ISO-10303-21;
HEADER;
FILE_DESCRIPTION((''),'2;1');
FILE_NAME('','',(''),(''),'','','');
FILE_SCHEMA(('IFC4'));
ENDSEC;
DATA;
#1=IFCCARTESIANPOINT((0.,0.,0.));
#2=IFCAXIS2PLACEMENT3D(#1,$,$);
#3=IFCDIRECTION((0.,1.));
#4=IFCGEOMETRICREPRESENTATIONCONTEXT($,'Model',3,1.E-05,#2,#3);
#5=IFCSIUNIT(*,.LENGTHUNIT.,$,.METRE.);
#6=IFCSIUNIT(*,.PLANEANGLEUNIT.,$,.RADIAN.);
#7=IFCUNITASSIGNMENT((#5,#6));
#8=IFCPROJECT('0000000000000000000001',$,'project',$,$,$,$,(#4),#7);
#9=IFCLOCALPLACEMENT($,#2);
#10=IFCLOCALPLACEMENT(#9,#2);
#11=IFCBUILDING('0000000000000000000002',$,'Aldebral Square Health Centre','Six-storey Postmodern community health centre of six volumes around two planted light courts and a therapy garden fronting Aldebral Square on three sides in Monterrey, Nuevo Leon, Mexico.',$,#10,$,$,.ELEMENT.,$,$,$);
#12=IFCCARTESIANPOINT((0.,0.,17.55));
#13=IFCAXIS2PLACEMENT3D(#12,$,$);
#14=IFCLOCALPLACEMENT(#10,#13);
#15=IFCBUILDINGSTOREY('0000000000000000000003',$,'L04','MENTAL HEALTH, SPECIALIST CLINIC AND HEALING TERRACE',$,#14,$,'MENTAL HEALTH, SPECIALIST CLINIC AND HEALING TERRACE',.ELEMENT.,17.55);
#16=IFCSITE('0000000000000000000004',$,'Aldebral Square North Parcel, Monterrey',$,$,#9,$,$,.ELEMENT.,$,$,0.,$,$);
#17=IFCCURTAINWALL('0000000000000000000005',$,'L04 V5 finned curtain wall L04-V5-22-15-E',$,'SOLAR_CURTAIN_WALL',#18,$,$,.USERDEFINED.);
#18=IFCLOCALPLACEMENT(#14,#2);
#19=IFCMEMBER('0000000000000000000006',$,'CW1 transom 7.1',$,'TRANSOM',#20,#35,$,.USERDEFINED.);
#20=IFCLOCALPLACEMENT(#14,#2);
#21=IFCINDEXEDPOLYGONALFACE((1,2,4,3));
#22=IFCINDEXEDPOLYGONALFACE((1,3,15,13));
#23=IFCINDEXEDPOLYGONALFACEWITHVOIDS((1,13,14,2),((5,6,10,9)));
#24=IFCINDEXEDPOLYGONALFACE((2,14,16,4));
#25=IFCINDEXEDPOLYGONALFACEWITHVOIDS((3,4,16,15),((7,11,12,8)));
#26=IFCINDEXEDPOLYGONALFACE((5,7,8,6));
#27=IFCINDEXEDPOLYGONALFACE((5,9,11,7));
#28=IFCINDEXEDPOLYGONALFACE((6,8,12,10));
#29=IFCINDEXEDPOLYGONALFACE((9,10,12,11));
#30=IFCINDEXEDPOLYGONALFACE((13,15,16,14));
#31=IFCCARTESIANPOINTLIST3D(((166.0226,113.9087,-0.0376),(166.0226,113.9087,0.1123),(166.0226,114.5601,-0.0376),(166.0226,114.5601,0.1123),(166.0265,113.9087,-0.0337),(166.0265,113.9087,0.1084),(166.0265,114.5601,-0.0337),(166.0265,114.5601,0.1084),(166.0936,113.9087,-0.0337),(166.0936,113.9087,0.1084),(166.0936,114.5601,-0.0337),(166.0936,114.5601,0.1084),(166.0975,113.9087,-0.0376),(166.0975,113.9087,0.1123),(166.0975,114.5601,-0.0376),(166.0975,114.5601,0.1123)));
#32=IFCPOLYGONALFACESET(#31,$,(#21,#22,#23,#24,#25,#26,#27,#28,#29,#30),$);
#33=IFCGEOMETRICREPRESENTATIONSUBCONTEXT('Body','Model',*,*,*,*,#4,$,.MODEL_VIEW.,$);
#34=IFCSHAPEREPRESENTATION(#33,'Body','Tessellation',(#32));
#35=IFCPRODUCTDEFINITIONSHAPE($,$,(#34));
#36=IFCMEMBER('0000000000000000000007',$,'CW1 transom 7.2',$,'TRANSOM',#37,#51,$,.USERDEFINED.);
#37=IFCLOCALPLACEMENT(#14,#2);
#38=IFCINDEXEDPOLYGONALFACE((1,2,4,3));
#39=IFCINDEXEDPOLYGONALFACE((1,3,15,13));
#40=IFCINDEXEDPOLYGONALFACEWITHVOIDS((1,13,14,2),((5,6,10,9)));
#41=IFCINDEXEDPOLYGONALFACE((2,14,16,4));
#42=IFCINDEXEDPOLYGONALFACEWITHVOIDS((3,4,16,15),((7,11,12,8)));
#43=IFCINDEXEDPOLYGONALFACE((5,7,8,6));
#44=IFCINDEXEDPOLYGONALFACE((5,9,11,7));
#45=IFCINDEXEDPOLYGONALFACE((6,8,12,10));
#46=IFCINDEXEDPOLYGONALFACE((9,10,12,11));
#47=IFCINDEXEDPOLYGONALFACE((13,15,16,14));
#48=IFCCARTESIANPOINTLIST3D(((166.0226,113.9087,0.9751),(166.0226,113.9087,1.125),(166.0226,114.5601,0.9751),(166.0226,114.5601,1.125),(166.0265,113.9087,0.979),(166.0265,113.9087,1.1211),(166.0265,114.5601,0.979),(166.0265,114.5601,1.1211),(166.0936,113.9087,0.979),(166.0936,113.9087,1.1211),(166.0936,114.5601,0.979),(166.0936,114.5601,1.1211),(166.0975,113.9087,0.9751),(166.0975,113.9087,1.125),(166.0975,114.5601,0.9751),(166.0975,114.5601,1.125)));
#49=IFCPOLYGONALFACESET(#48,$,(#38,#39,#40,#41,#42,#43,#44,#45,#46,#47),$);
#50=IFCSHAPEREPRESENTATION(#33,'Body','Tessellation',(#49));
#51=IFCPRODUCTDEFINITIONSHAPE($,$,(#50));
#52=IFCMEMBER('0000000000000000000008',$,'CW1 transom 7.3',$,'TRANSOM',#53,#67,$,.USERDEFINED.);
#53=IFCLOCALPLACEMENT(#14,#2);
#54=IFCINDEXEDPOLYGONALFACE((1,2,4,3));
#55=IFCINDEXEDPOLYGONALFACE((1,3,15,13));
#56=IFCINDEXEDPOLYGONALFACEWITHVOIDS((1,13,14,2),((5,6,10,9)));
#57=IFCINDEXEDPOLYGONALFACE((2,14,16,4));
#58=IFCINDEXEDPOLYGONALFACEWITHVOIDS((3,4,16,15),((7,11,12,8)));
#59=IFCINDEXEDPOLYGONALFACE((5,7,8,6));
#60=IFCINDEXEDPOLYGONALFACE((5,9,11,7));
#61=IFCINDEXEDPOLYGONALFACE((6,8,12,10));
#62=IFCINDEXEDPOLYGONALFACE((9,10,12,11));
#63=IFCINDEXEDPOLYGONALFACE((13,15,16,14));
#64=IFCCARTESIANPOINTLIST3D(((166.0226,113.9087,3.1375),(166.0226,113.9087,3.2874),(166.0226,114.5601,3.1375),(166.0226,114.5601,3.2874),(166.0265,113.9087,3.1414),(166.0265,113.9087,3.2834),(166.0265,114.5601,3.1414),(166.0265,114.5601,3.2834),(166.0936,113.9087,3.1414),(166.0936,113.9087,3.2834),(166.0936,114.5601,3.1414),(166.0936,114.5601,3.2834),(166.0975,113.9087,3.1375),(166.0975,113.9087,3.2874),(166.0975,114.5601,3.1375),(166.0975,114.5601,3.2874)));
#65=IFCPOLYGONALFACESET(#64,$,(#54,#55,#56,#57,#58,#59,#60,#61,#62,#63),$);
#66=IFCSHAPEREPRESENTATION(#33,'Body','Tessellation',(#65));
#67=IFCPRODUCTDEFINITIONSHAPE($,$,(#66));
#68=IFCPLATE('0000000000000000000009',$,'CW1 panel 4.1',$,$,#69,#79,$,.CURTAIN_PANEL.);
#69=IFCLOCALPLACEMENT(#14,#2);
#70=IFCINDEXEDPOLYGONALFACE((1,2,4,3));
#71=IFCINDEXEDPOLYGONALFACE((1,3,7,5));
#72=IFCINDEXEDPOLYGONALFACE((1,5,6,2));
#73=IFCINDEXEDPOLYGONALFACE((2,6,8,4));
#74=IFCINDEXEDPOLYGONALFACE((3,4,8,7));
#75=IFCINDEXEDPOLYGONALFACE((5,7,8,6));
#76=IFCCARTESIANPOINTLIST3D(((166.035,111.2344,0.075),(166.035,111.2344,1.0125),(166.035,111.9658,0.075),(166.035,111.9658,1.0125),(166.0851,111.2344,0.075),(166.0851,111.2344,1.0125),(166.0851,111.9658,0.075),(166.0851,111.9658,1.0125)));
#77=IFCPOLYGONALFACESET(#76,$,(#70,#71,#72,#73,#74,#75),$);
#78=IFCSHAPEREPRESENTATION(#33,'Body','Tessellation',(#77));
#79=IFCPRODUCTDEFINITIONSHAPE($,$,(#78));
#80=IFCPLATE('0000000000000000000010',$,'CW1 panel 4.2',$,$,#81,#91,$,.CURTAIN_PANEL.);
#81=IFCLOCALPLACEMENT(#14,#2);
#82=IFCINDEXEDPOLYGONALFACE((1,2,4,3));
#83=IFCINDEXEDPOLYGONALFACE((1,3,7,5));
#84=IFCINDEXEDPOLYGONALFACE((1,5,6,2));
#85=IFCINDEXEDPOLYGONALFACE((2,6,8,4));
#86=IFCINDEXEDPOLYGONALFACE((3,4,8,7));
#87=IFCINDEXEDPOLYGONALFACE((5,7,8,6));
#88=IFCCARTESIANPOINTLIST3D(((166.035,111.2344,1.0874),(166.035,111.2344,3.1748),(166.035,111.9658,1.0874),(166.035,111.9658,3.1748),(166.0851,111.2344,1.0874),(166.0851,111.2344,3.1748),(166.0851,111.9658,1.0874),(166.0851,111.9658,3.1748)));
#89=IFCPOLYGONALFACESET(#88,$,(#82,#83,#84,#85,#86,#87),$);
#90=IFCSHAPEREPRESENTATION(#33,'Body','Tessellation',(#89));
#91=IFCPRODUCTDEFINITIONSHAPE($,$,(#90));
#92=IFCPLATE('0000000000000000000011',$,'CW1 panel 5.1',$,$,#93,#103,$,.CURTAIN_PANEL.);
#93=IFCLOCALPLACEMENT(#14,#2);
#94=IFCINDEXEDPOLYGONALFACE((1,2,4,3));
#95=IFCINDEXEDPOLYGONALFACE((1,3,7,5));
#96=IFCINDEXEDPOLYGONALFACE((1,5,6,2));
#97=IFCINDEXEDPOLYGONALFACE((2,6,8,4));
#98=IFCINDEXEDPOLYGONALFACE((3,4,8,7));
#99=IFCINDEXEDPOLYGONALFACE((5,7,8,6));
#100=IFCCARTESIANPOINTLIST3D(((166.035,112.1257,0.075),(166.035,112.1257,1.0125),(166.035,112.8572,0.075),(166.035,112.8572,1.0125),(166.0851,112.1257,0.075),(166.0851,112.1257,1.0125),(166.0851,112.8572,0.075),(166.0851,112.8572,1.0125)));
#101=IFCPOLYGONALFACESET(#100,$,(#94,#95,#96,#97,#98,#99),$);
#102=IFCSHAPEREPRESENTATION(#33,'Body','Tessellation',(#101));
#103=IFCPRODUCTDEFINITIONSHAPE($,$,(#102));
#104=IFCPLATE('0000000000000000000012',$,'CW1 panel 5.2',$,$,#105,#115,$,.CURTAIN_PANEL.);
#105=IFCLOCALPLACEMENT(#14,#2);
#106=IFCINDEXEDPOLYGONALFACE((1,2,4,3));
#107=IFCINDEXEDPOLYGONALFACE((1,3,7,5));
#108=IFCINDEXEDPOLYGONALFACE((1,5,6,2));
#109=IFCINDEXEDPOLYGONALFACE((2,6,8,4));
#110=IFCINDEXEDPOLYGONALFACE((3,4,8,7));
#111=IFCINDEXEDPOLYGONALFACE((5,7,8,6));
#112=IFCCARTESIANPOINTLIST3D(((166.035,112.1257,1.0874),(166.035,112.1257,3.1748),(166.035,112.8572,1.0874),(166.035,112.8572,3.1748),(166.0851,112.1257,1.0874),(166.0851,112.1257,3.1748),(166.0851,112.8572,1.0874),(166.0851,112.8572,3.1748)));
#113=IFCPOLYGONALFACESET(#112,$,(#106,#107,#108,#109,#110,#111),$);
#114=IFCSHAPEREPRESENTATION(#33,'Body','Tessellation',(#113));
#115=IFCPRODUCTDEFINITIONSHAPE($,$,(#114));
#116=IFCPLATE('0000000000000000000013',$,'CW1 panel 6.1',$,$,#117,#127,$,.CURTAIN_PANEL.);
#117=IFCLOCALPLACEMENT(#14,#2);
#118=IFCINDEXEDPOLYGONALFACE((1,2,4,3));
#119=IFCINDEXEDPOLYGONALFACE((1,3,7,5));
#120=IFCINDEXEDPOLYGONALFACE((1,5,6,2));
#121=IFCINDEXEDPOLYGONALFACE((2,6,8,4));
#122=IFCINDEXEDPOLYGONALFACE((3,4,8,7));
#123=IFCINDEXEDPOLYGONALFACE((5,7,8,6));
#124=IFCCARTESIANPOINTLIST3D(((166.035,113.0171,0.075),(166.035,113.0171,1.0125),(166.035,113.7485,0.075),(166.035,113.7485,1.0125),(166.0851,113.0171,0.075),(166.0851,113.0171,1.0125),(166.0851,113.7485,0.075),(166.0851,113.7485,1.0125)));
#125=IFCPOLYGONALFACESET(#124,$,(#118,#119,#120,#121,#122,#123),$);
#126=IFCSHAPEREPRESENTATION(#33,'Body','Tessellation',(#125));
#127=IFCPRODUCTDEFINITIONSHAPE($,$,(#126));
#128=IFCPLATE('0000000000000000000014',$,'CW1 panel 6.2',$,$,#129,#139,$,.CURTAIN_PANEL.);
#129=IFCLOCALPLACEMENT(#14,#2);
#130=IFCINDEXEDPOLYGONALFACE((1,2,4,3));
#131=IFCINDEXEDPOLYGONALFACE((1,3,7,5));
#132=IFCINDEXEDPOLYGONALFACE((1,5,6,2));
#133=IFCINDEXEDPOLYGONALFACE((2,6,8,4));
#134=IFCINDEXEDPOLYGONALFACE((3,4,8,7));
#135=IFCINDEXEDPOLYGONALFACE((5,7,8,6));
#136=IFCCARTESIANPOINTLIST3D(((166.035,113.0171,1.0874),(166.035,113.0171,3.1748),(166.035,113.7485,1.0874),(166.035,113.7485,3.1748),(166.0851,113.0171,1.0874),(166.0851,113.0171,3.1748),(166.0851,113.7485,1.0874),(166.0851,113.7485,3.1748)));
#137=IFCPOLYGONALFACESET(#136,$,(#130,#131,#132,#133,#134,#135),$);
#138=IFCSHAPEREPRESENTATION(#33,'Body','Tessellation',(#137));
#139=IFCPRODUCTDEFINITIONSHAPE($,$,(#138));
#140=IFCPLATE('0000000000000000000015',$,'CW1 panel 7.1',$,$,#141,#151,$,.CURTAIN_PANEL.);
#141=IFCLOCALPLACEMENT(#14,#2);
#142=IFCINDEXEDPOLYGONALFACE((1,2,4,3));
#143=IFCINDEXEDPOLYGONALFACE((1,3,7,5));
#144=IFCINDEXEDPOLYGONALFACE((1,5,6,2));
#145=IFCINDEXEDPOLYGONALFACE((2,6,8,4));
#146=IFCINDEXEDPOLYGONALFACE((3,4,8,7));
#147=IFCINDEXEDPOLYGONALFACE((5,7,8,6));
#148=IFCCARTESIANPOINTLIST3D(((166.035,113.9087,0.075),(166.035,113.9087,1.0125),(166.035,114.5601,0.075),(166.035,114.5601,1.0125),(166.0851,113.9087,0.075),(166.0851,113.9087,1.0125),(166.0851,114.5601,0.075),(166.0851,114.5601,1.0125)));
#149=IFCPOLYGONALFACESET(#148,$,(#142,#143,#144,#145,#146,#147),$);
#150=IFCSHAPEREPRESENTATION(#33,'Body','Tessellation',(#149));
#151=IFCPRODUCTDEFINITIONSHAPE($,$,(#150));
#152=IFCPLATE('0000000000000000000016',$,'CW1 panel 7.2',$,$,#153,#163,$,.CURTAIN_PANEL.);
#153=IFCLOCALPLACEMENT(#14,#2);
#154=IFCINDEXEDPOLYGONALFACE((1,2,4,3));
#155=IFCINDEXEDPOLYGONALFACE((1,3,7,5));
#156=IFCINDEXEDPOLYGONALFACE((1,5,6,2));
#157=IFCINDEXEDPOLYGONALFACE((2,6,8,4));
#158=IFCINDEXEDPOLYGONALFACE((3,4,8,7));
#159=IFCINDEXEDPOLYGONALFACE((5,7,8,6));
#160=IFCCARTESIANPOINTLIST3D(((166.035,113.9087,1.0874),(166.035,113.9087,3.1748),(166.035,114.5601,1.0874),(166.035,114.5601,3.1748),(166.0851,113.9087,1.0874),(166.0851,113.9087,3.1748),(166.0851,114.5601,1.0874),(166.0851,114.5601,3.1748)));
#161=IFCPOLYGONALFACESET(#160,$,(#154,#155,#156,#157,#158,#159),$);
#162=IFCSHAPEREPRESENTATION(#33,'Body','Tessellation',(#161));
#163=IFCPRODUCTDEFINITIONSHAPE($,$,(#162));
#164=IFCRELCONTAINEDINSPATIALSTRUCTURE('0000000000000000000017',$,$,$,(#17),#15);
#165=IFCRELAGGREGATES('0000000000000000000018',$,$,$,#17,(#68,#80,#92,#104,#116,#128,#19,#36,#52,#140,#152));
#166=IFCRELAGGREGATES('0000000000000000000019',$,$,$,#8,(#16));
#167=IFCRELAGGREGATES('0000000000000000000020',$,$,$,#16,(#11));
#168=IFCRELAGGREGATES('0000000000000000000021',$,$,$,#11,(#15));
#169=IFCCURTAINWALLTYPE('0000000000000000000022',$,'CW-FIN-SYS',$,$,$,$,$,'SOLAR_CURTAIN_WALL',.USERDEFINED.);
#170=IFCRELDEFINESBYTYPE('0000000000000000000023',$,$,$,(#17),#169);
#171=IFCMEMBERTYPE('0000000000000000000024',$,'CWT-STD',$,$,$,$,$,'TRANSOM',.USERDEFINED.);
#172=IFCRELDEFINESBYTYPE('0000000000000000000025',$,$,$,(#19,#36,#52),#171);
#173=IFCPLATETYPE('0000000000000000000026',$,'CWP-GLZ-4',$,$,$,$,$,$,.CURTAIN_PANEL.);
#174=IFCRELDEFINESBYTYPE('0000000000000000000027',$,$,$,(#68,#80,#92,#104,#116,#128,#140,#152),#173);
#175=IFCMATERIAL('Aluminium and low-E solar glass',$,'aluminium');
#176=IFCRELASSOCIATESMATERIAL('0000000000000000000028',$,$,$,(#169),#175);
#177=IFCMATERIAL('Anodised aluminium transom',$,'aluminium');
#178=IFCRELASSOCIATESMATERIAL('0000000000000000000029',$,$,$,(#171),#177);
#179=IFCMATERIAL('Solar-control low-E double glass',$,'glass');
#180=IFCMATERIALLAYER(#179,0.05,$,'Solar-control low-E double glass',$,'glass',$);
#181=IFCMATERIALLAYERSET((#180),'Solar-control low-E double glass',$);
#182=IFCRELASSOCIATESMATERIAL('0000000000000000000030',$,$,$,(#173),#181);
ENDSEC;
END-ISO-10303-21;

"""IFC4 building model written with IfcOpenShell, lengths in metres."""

from ifc_helpers import new_model, si_unit, direction, frame, origin, origin_2d, place, context, subcontext, project, spatial, rectangle, hollow_rectangle, extrude, material, layer, layer_set, material_profile, profile_set, type_object, element, aggregate, save


model = new_model("IFC4")

# Units and contexts
model_context = context("Model", 3, precision=1e-05, world=origin(), true_north=direction((0.0, 1.0)))
body_context = subcontext(model_context, "Body", "Model", "MODEL_VIEW")
ifc_project = project(units=[si_unit("LENGTHUNIT", "METRE"), si_unit("PLANEANGLEUNIT", "RADIAN")], contexts=[model_context])

# Site, building, storey
site_placement = place(None, origin())
site = spatial("IfcSite", under=ifc_project, at=site_placement, Name="Aldebral Square North Parcel, Monterrey", CompositionType="ELEMENT", RefElevation=0.0)
building_placement = place(site_placement, origin())
building = spatial("IfcBuilding", under=site, at=building_placement, Name="Aldebral Square Health Centre", Description="Six-storey Postmodern community health centre of six volumes around two planted light courts and a therapy garden fronting Aldebral Square on three sides in Monterrey, Nuevo Leon, Mexico.", CompositionType="ELEMENT")
storey_placement = place(building_placement, frame((0.0, 0.0, 17.55)))
storey = spatial("IfcBuildingStorey", under=building, at=storey_placement, Name="L04", Description="MENTAL HEALTH, SPECIALIST CLINIC AND HEALING TERRACE", LongName="MENTAL HEALTH, SPECIALIST CLINIC AND HEALING TERRACE", CompositionType="ELEMENT", Elevation=17.55)

# Curtain wall, members, plates
ifc_material_1 = material(Name="Aluminium and low-E solar glass", Category="aluminium")
curtain_wall_type = type_object("IfcCurtainWallType", Name="CW-FIN-SYS", ElementType="SOLAR_CURTAIN_WALL", PredefinedType="USERDEFINED", material=ifc_material_1)
curtain_wall_placement = place(storey_placement, origin())
curtain_wall = element("IfcCurtainWall", 1, at=curtain_wall_placement, inside=storey, type_object=curtain_wall_type, Name="L04 V5 finned curtain wall L04-V5-22-15-E", ObjectType="SOLAR_CURTAIN_WALL", PredefinedType="USERDEFINED")
ifc_material_2 = material(Name="Anodised aluminium transom", Category="aluminium")
ifc_material_profile_1 = material_profile(ifc_material_2, hollow_rectangle(XDim=0.075, YDim=0.1499, WallThickness=0.0039, at=origin_2d()), Name="CWT 75x150x4")
ifc_profile_set_1 = profile_set([ifc_material_profile_1], Name="Anodised aluminium transom")
member_type_1 = type_object("IfcMemberType", Name="CWT-STD", ElementType="TRANSOM", PredefinedType="USERDEFINED", material=ifc_profile_set_1)
member_1_placement = place(storey_placement, frame((166.0601, 113.9087, 0.0374), z_axis=(0.0, 1.0, 0.0), x_axis=(-1.0, 0.0, 0.0)))
member_1 = element("IfcMember", 2, at=member_1_placement, type_object=member_type_1, Name="CW1 transom 7.1", ObjectType="TRANSOM", PredefinedType="USERDEFINED", context=body_context, shape_type="SweptSolid", body=[
    extrude(hollow_rectangle(XDim=0.075, YDim=0.1499, WallThickness=0.0039, at=origin_2d()), origin(), (0.0, 0.0, 1.0), 0.6514),
])
member_2_placement = place(storey_placement, frame((166.0601, 113.9087, 1.05), z_axis=(0.0, 1.0, 0.0), x_axis=(-1.0, 0.0, 0.0)))
member_2 = element("IfcMember", 3, at=member_2_placement, type_object=member_type_1, Name="CW1 transom 7.2", ObjectType="TRANSOM", PredefinedType="USERDEFINED", context=body_context, shape_type="SweptSolid", body=[
    extrude(hollow_rectangle(XDim=0.075, YDim=0.1499, WallThickness=0.0039, at=origin_2d()), origin(), (0.0, 0.0, 1.0), 0.6514),
])
member_3_placement = place(storey_placement, frame((166.0601, 113.9087, 3.2124), z_axis=(0.0, 1.0, 0.0), x_axis=(-1.0, 0.0, 0.0)))
member_3 = element("IfcMember", 4, at=member_3_placement, type_object=member_type_1, Name="CW1 transom 7.3", ObjectType="TRANSOM", PredefinedType="USERDEFINED", context=body_context, shape_type="SweptSolid", body=[
    extrude(hollow_rectangle(XDim=0.075, YDim=0.1499, WallThickness=0.0039, at=origin_2d()), origin(), (0.0, 0.0, 1.0), 0.6514),
])
ifc_material_3 = material(Name="Solar-control low-E double glass", Category="glass")
ifc_layer = layer(ifc_material_3, 0.05, Name="Solar-control low-E double glass", Category="glass")
ifc_layer_set = layer_set([ifc_layer], Name="Solar-control low-E double glass")
plate_type = type_object("IfcPlateType", Name="CWP-GLZ-4", PredefinedType="CURTAIN_PANEL", material=ifc_layer_set)
plate_1_placement = place(storey_placement, frame((166.0601, 111.6001, 0.075), z_axis=(0.0, 0.0, 1.0), x_axis=(0.0, 1.0, 0.0)))
plate_1 = element("IfcPlate", 5, at=plate_1_placement, type_object=plate_type, Name="CW1 panel 4.1", PredefinedType="CURTAIN_PANEL", context=body_context, shape_type="SweptSolid", body=[
    extrude(rectangle(XDim=0.7314, YDim=0.05, at=origin_2d()), origin(), (0.0, 0.0, 1.0), 0.9375),
])
plate_2_placement = place(storey_placement, frame((166.0601, 111.6001, 1.0874), z_axis=(0.0, 0.0, 1.0), x_axis=(0.0, 1.0, 0.0)))
plate_2 = element("IfcPlate", 6, at=plate_2_placement, type_object=plate_type, Name="CW1 panel 4.2", PredefinedType="CURTAIN_PANEL", context=body_context, shape_type="SweptSolid", body=[
    extrude(rectangle(XDim=0.7314, YDim=0.05, at=origin_2d()), origin(), (0.0, 0.0, 1.0), 2.0874),
])
plate_3_placement = place(storey_placement, frame((166.0601, 112.4915, 0.075), z_axis=(0.0, 0.0, 1.0), x_axis=(0.0, 1.0, 0.0)))
plate_3 = element("IfcPlate", 7, at=plate_3_placement, type_object=plate_type, Name="CW1 panel 5.1", PredefinedType="CURTAIN_PANEL", context=body_context, shape_type="SweptSolid", body=[
    extrude(rectangle(XDim=0.7314, YDim=0.05, at=origin_2d()), origin(), (0.0, 0.0, 1.0), 0.9375),
])
plate_4_placement = place(storey_placement, frame((166.0601, 112.4915, 1.0874), z_axis=(0.0, 0.0, 1.0), x_axis=(0.0, 1.0, 0.0)))
plate_4 = element("IfcPlate", 8, at=plate_4_placement, type_object=plate_type, Name="CW1 panel 5.2", PredefinedType="CURTAIN_PANEL", context=body_context, shape_type="SweptSolid", body=[
    extrude(rectangle(XDim=0.7314, YDim=0.05, at=origin_2d()), origin(), (0.0, 0.0, 1.0), 2.0874),
])
plate_5_placement = place(storey_placement, frame((166.0601, 113.3828, 0.075), z_axis=(0.0, 0.0, 1.0), x_axis=(0.0, 1.0, 0.0)))
plate_5 = element("IfcPlate", 9, at=plate_5_placement, type_object=plate_type, Name="CW1 panel 6.1", PredefinedType="CURTAIN_PANEL", context=body_context, shape_type="SweptSolid", body=[
    extrude(rectangle(XDim=0.7314, YDim=0.05, at=origin_2d()), origin(), (0.0, 0.0, 1.0), 0.9375),
])
plate_6_placement = place(storey_placement, frame((166.0601, 113.3828, 1.0874), z_axis=(0.0, 0.0, 1.0), x_axis=(0.0, 1.0, 0.0)))
plate_6 = element("IfcPlate", 10, at=plate_6_placement, type_object=plate_type, Name="CW1 panel 6.2", PredefinedType="CURTAIN_PANEL", context=body_context, shape_type="SweptSolid", body=[
    extrude(rectangle(XDim=0.7314, YDim=0.05, at=origin_2d()), origin(), (0.0, 0.0, 1.0), 2.0874),
])
plate_7_placement = place(storey_placement, frame((166.0601, 114.2344, 0.075), z_axis=(0.0, 0.0, 1.0), x_axis=(0.0, 1.0, 0.0)))
plate_7 = element("IfcPlate", 11, at=plate_7_placement, type_object=plate_type, Name="CW1 panel 7.1", PredefinedType="CURTAIN_PANEL", context=body_context, shape_type="SweptSolid", body=[
    extrude(rectangle(XDim=0.6514, YDim=0.05, at=origin_2d()), origin(), (0.0, 0.0, 1.0), 0.9375),
])
plate_8_placement = place(storey_placement, frame((166.0601, 114.2344, 1.0874), z_axis=(0.0, 0.0, 1.0), x_axis=(0.0, 1.0, 0.0)))
plate_8 = element("IfcPlate", 12, at=plate_8_placement, type_object=plate_type, Name="CW1 panel 7.2", PredefinedType="CURTAIN_PANEL", context=body_context, shape_type="SweptSolid", body=[
    extrude(rectangle(XDim=0.6514, YDim=0.05, at=origin_2d()), origin(), (0.0, 0.0, 1.0), 2.0874),
])
aggregate(curtain_wall, [plate_1, plate_2, plate_3, plate_4, plate_5, plate_6, member_1, member_2, member_3, plate_7, plate_8])

save(model, "model.ifc")
